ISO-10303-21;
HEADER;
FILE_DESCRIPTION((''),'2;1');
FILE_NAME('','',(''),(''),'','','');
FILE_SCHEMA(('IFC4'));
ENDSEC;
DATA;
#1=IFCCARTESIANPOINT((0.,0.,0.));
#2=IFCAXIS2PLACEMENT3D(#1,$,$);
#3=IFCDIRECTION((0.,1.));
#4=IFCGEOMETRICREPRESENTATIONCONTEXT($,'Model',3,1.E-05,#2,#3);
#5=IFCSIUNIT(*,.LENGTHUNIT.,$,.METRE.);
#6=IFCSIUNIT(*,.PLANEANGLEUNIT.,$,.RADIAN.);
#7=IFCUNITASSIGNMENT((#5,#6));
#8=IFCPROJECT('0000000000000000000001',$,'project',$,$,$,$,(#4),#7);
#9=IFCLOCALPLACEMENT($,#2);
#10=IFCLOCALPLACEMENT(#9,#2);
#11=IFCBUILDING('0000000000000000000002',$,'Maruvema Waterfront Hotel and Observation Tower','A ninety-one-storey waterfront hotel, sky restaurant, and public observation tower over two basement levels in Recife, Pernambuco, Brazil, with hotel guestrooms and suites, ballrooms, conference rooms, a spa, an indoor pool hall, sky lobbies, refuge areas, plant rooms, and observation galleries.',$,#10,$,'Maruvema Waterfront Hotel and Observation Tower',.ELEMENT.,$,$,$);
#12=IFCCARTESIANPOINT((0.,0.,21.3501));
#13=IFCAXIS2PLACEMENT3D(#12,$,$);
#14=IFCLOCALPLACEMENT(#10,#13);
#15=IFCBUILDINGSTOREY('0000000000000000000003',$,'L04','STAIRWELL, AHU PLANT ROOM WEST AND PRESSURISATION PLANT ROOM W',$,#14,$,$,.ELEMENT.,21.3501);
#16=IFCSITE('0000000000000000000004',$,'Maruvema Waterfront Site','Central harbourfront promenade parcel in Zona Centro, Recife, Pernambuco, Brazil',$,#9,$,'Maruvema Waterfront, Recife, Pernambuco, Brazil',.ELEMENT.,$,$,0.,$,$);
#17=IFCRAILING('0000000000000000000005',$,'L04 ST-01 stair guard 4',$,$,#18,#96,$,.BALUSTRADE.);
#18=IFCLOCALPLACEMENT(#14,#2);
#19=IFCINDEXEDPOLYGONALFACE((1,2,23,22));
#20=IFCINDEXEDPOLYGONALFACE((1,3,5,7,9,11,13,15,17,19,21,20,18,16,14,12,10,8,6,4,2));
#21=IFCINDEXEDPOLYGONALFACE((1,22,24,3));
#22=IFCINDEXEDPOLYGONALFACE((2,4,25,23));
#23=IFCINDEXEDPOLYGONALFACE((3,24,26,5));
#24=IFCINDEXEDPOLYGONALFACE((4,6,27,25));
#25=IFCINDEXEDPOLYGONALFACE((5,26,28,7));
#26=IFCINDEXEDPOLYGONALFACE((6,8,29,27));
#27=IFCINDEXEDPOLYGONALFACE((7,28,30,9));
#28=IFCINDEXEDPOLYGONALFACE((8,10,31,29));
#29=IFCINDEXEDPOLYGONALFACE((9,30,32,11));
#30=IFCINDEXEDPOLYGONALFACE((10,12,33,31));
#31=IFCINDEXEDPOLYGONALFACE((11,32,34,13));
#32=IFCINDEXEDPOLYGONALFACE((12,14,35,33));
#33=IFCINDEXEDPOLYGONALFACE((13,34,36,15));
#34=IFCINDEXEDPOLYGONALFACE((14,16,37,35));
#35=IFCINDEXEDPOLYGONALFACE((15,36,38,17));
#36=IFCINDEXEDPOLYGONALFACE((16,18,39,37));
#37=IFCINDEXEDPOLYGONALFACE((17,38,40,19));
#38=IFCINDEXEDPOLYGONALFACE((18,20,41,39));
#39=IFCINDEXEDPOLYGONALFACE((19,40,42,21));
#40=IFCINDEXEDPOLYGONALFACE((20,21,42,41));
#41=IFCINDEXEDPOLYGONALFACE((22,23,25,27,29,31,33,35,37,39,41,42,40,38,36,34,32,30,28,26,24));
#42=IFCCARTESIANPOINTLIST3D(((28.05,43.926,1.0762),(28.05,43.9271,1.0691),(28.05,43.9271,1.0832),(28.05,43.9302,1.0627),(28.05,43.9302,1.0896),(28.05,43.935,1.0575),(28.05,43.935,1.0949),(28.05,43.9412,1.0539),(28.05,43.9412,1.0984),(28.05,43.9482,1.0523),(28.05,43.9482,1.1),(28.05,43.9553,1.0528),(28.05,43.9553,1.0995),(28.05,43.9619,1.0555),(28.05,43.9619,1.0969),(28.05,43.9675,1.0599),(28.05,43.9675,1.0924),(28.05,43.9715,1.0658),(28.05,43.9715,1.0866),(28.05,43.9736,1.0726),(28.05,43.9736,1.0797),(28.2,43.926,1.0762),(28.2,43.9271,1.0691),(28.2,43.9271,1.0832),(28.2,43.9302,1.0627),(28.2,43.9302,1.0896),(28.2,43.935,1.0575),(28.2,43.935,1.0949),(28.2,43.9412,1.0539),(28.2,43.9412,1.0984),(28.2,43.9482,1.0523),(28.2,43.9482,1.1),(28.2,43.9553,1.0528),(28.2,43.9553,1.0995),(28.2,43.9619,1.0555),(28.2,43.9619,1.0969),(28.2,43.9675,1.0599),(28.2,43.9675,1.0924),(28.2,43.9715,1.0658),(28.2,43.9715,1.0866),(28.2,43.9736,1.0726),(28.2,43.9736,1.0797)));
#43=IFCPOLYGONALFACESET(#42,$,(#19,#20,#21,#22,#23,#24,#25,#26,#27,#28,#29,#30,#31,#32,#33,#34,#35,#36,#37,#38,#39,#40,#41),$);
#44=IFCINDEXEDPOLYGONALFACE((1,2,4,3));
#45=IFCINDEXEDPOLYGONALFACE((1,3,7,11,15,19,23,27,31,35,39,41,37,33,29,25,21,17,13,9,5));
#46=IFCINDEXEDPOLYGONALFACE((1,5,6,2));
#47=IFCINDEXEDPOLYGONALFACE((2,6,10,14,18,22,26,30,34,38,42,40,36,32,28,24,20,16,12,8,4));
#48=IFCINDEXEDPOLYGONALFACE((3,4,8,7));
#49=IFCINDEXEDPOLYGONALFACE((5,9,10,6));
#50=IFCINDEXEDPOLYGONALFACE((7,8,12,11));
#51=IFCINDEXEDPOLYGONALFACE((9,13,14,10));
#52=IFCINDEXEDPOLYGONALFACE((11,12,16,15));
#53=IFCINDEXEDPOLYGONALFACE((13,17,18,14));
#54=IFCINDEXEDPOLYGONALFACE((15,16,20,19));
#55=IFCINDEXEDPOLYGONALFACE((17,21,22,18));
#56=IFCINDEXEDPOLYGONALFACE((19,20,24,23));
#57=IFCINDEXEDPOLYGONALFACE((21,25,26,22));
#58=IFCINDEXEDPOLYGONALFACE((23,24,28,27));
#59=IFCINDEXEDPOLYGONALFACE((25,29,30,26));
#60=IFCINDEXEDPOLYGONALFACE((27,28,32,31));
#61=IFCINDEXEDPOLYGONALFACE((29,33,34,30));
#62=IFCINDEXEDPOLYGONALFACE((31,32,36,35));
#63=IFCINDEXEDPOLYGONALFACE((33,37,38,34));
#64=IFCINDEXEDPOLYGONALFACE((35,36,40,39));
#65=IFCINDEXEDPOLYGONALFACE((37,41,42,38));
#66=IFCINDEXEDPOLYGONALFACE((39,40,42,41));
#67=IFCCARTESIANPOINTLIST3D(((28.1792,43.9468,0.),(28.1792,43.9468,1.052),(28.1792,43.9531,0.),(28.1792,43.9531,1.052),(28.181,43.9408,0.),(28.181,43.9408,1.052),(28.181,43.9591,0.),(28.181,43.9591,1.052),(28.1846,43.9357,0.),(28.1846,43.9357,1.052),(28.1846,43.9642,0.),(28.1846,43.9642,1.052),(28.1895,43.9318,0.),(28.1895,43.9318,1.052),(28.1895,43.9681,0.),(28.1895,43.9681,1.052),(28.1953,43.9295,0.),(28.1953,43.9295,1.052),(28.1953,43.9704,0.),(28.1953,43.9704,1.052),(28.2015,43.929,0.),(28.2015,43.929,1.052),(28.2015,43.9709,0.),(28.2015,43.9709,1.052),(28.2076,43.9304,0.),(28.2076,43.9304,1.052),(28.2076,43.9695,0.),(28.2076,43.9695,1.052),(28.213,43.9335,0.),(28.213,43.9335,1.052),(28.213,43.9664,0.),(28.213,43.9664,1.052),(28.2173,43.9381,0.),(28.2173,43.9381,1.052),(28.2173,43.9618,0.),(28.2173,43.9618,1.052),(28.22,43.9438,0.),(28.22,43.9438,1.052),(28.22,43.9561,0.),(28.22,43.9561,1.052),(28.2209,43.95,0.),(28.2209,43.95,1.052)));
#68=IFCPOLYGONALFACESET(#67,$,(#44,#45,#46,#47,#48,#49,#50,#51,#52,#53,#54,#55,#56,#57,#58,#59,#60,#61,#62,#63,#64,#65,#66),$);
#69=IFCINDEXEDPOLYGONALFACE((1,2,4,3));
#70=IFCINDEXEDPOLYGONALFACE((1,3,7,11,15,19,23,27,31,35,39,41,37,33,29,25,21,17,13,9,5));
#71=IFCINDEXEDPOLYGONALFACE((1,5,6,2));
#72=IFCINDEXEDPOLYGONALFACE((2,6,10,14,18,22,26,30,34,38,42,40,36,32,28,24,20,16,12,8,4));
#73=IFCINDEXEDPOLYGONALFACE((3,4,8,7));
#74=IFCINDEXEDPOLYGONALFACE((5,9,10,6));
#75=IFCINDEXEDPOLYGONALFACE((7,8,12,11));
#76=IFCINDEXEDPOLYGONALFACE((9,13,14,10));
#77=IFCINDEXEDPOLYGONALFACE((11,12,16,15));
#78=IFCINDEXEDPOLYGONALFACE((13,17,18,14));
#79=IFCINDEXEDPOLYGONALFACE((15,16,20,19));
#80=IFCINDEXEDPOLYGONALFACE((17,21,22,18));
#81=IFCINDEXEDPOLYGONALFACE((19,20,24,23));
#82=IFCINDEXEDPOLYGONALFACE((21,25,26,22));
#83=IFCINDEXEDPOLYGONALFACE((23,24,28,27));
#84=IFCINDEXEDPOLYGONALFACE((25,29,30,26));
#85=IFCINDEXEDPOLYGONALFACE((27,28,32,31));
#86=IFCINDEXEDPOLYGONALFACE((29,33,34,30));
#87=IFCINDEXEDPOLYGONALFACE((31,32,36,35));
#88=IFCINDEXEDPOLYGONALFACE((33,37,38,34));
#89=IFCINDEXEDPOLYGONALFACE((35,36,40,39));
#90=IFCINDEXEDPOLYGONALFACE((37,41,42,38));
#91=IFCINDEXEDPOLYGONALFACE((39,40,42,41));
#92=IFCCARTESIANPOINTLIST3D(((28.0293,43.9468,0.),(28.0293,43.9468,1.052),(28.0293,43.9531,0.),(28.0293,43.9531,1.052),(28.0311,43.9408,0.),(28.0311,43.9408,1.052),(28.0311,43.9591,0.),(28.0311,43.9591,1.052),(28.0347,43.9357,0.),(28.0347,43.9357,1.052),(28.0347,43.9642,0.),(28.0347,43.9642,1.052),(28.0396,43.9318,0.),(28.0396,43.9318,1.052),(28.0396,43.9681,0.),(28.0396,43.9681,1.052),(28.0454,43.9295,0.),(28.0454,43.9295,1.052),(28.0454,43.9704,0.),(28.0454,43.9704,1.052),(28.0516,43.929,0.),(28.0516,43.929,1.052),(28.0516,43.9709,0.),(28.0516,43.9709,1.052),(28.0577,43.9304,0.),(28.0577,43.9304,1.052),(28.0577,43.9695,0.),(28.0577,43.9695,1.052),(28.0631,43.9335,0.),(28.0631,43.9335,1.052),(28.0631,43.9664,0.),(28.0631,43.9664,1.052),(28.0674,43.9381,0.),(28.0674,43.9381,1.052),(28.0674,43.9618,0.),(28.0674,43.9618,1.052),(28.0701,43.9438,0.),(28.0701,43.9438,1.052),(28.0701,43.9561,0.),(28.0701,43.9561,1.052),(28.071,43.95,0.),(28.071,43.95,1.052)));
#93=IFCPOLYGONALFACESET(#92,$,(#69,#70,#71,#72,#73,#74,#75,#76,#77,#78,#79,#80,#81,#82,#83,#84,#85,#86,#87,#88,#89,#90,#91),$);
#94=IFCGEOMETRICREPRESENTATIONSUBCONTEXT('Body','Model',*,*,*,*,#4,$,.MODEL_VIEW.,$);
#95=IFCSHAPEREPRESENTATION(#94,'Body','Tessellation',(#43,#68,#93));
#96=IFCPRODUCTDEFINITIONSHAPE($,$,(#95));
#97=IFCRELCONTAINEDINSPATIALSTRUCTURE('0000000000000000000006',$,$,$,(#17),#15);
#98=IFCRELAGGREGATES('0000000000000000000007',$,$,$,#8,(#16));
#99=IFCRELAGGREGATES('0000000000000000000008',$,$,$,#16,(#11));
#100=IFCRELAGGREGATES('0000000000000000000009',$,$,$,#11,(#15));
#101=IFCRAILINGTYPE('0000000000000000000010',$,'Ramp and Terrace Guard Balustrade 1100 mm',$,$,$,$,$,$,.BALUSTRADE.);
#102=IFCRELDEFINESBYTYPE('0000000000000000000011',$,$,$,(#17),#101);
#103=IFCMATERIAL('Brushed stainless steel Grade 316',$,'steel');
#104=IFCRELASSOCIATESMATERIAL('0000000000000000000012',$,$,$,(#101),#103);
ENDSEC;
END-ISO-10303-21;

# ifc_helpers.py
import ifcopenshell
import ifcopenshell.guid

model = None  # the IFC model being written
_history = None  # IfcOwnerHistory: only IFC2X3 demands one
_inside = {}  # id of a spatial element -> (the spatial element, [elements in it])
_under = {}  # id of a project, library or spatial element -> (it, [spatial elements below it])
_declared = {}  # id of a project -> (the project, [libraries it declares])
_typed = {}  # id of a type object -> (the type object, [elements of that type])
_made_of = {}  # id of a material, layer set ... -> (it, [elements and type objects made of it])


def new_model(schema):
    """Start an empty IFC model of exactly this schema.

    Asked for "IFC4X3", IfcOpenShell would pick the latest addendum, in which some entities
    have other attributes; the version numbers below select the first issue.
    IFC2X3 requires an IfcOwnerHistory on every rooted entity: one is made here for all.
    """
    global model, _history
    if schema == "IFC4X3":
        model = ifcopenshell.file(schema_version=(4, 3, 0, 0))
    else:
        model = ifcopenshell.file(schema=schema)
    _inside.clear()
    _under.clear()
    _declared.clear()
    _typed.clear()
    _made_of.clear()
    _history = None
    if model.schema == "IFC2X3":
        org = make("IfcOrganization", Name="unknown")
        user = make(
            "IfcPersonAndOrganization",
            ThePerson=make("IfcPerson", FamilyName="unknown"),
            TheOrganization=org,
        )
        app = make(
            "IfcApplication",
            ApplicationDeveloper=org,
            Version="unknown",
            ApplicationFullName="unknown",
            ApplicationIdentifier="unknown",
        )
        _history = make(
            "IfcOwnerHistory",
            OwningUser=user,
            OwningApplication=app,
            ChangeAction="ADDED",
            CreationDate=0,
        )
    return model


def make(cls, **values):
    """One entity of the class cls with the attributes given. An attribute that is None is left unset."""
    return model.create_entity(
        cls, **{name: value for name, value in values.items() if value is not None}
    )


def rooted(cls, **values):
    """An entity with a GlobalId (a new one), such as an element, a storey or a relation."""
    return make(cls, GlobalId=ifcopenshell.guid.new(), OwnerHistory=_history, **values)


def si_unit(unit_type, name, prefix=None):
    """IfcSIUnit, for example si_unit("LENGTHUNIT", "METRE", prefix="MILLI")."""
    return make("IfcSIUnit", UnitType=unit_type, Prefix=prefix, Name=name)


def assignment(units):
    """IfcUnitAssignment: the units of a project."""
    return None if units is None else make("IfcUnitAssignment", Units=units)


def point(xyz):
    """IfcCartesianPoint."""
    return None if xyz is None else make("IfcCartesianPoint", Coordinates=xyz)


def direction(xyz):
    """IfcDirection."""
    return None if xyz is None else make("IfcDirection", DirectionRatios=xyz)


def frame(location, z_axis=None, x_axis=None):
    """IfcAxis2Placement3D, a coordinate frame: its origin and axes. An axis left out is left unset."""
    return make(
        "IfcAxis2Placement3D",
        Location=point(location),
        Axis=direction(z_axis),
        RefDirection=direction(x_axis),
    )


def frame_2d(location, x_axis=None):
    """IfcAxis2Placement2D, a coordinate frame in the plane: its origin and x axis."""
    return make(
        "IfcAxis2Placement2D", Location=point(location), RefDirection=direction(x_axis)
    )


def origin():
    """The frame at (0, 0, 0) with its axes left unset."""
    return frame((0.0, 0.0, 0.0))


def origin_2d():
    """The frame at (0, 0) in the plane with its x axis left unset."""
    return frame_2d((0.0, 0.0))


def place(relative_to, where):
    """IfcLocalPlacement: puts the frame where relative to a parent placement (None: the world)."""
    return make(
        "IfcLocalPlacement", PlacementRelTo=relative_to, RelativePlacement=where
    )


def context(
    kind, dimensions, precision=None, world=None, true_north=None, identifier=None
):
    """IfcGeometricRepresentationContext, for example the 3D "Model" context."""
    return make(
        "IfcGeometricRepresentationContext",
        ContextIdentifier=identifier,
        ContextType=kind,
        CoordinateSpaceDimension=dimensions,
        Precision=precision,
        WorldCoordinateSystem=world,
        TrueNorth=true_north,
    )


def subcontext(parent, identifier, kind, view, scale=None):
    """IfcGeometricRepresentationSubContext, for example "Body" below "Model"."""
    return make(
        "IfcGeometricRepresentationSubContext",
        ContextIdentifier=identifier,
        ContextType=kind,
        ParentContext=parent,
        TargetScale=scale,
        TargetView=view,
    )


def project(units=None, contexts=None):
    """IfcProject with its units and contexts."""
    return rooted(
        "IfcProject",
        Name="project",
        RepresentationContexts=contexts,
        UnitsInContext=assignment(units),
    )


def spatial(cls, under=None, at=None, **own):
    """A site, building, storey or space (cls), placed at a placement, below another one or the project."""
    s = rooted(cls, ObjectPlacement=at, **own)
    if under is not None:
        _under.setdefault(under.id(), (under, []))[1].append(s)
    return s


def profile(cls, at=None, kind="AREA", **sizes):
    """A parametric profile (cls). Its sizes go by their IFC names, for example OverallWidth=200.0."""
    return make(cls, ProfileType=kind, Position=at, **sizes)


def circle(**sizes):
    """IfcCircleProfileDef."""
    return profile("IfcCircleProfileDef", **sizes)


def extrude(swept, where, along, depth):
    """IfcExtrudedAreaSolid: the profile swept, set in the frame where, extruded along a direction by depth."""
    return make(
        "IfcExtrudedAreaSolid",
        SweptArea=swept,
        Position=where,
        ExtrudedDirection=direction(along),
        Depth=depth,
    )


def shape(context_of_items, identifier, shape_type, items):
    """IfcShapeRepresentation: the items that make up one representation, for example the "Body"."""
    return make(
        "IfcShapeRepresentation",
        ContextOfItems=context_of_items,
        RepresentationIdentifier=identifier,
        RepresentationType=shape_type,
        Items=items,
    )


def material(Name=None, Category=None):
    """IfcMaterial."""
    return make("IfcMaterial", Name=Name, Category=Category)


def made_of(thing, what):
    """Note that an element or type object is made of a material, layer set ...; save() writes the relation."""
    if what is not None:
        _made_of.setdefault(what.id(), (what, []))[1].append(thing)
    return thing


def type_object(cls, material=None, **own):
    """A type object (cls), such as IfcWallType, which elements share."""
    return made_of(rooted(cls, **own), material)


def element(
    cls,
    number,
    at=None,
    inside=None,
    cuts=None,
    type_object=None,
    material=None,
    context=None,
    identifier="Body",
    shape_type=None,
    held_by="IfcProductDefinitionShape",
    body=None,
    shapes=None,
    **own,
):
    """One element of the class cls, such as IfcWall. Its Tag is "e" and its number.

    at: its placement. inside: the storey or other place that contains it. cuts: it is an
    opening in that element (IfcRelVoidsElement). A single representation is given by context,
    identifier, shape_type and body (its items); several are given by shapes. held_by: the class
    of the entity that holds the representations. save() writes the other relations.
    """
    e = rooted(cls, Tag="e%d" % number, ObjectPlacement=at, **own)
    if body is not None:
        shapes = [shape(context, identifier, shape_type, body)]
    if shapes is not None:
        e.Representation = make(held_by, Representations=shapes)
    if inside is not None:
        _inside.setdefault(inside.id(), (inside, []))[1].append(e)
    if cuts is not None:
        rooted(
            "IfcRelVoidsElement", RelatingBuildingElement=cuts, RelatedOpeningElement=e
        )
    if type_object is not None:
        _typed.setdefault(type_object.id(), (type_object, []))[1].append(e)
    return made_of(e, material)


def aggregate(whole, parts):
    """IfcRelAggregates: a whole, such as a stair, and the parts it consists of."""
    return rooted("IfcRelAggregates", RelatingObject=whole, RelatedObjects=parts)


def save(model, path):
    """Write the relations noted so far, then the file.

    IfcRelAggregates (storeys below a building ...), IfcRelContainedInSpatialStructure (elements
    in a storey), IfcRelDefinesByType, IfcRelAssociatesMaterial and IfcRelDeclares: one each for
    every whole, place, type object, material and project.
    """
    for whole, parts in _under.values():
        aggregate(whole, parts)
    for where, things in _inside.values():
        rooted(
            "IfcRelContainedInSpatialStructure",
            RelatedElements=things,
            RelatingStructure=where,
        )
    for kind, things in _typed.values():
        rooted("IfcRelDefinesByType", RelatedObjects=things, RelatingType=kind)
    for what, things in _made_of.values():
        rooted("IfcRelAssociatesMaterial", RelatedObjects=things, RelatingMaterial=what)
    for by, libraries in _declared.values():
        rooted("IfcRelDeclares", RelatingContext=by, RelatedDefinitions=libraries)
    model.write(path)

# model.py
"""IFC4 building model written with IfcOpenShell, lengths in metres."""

from ifc_helpers import new_model, si_unit, direction, frame, origin, origin_2d, place, context, subcontext, project, spatial, circle, extrude, material, type_object, element, save


model = new_model("IFC4")

# Units and contexts
model_context = context("Model", 3, precision=1e-05, world=origin(), true_north=direction((0.0, 1.0)))
body_context = subcontext(model_context, "Body", "Model", "MODEL_VIEW")
ifc_project = project(units=[si_unit("LENGTHUNIT", "METRE"), si_unit("PLANEANGLEUNIT", "RADIAN")], contexts=[model_context])

# Site, building, storey
site_placement = place(None, origin())
site = spatial("IfcSite", under=ifc_project, at=site_placement, Name="Maruvema Waterfront Site", Description="Central harbourfront promenade parcel in Zona Centro, Recife, Pernambuco, Brazil", LongName="Maruvema Waterfront, Recife, Pernambuco, Brazil", CompositionType="ELEMENT", RefElevation=0.0)
building_placement = place(site_placement, origin())
building = spatial("IfcBuilding", under=site, at=building_placement, Name="Maruvema Waterfront Hotel and Observation Tower", Description="A ninety-one-storey waterfront hotel, sky restaurant, and public observation tower over two basement levels in Recife, Pernambuco, Brazil, with hotel guestrooms and suites, ballrooms, conference rooms, a spa, an indoor pool hall, sky lobbies, refuge areas, plant rooms, and observation galleries.", LongName="Maruvema Waterfront Hotel and Observation Tower", CompositionType="ELEMENT")
storey_placement = place(building_placement, frame((0.0, 0.0, 21.3501)))
storey = spatial("IfcBuildingStorey", under=building, at=storey_placement, Name="L04", Description="STAIRWELL, AHU PLANT ROOM WEST AND PRESSURISATION PLANT ROOM W", CompositionType="ELEMENT", Elevation=21.3501)

# Railing
ifc_material_1 = material(Name="Brushed stainless steel Grade 316", Category="steel")
railing_type_1 = type_object("IfcRailingType", Name="Ramp and Terrace Guard Balustrade 1100 mm", PredefinedType="BALUSTRADE", material=ifc_material_1)
railing_1_placement = place(storey_placement, frame((28.2, 43.95, 0.0)))
element("IfcRailing", 1, at=railing_1_placement, inside=storey, type_object=railing_type_1, Name="L04 ST-01 stair guard 4", PredefinedType="BALUSTRADE", context=body_context, shape_type="SweptSolid", body=[
    extrude(circle(Radius=0.0239, at=origin_2d()), frame((0.0, 0.0, 1.0762), z_axis=(-1.0, 0.0, 0.0), x_axis=(0.0, -1.0, 0.0)), (0.0, 0.0, 1.0), 0.1499),
    extrude(circle(Radius=0.021, at=origin_2d()), origin(), (0.0, 0.0, 1.0), 1.052),
    extrude(circle(Radius=0.021, at=origin_2d()), frame((-0.1499, 0.0, 0.0)), (0.0, 0.0, 1.0), 1.052),
])

save(model, "model.ifc")
